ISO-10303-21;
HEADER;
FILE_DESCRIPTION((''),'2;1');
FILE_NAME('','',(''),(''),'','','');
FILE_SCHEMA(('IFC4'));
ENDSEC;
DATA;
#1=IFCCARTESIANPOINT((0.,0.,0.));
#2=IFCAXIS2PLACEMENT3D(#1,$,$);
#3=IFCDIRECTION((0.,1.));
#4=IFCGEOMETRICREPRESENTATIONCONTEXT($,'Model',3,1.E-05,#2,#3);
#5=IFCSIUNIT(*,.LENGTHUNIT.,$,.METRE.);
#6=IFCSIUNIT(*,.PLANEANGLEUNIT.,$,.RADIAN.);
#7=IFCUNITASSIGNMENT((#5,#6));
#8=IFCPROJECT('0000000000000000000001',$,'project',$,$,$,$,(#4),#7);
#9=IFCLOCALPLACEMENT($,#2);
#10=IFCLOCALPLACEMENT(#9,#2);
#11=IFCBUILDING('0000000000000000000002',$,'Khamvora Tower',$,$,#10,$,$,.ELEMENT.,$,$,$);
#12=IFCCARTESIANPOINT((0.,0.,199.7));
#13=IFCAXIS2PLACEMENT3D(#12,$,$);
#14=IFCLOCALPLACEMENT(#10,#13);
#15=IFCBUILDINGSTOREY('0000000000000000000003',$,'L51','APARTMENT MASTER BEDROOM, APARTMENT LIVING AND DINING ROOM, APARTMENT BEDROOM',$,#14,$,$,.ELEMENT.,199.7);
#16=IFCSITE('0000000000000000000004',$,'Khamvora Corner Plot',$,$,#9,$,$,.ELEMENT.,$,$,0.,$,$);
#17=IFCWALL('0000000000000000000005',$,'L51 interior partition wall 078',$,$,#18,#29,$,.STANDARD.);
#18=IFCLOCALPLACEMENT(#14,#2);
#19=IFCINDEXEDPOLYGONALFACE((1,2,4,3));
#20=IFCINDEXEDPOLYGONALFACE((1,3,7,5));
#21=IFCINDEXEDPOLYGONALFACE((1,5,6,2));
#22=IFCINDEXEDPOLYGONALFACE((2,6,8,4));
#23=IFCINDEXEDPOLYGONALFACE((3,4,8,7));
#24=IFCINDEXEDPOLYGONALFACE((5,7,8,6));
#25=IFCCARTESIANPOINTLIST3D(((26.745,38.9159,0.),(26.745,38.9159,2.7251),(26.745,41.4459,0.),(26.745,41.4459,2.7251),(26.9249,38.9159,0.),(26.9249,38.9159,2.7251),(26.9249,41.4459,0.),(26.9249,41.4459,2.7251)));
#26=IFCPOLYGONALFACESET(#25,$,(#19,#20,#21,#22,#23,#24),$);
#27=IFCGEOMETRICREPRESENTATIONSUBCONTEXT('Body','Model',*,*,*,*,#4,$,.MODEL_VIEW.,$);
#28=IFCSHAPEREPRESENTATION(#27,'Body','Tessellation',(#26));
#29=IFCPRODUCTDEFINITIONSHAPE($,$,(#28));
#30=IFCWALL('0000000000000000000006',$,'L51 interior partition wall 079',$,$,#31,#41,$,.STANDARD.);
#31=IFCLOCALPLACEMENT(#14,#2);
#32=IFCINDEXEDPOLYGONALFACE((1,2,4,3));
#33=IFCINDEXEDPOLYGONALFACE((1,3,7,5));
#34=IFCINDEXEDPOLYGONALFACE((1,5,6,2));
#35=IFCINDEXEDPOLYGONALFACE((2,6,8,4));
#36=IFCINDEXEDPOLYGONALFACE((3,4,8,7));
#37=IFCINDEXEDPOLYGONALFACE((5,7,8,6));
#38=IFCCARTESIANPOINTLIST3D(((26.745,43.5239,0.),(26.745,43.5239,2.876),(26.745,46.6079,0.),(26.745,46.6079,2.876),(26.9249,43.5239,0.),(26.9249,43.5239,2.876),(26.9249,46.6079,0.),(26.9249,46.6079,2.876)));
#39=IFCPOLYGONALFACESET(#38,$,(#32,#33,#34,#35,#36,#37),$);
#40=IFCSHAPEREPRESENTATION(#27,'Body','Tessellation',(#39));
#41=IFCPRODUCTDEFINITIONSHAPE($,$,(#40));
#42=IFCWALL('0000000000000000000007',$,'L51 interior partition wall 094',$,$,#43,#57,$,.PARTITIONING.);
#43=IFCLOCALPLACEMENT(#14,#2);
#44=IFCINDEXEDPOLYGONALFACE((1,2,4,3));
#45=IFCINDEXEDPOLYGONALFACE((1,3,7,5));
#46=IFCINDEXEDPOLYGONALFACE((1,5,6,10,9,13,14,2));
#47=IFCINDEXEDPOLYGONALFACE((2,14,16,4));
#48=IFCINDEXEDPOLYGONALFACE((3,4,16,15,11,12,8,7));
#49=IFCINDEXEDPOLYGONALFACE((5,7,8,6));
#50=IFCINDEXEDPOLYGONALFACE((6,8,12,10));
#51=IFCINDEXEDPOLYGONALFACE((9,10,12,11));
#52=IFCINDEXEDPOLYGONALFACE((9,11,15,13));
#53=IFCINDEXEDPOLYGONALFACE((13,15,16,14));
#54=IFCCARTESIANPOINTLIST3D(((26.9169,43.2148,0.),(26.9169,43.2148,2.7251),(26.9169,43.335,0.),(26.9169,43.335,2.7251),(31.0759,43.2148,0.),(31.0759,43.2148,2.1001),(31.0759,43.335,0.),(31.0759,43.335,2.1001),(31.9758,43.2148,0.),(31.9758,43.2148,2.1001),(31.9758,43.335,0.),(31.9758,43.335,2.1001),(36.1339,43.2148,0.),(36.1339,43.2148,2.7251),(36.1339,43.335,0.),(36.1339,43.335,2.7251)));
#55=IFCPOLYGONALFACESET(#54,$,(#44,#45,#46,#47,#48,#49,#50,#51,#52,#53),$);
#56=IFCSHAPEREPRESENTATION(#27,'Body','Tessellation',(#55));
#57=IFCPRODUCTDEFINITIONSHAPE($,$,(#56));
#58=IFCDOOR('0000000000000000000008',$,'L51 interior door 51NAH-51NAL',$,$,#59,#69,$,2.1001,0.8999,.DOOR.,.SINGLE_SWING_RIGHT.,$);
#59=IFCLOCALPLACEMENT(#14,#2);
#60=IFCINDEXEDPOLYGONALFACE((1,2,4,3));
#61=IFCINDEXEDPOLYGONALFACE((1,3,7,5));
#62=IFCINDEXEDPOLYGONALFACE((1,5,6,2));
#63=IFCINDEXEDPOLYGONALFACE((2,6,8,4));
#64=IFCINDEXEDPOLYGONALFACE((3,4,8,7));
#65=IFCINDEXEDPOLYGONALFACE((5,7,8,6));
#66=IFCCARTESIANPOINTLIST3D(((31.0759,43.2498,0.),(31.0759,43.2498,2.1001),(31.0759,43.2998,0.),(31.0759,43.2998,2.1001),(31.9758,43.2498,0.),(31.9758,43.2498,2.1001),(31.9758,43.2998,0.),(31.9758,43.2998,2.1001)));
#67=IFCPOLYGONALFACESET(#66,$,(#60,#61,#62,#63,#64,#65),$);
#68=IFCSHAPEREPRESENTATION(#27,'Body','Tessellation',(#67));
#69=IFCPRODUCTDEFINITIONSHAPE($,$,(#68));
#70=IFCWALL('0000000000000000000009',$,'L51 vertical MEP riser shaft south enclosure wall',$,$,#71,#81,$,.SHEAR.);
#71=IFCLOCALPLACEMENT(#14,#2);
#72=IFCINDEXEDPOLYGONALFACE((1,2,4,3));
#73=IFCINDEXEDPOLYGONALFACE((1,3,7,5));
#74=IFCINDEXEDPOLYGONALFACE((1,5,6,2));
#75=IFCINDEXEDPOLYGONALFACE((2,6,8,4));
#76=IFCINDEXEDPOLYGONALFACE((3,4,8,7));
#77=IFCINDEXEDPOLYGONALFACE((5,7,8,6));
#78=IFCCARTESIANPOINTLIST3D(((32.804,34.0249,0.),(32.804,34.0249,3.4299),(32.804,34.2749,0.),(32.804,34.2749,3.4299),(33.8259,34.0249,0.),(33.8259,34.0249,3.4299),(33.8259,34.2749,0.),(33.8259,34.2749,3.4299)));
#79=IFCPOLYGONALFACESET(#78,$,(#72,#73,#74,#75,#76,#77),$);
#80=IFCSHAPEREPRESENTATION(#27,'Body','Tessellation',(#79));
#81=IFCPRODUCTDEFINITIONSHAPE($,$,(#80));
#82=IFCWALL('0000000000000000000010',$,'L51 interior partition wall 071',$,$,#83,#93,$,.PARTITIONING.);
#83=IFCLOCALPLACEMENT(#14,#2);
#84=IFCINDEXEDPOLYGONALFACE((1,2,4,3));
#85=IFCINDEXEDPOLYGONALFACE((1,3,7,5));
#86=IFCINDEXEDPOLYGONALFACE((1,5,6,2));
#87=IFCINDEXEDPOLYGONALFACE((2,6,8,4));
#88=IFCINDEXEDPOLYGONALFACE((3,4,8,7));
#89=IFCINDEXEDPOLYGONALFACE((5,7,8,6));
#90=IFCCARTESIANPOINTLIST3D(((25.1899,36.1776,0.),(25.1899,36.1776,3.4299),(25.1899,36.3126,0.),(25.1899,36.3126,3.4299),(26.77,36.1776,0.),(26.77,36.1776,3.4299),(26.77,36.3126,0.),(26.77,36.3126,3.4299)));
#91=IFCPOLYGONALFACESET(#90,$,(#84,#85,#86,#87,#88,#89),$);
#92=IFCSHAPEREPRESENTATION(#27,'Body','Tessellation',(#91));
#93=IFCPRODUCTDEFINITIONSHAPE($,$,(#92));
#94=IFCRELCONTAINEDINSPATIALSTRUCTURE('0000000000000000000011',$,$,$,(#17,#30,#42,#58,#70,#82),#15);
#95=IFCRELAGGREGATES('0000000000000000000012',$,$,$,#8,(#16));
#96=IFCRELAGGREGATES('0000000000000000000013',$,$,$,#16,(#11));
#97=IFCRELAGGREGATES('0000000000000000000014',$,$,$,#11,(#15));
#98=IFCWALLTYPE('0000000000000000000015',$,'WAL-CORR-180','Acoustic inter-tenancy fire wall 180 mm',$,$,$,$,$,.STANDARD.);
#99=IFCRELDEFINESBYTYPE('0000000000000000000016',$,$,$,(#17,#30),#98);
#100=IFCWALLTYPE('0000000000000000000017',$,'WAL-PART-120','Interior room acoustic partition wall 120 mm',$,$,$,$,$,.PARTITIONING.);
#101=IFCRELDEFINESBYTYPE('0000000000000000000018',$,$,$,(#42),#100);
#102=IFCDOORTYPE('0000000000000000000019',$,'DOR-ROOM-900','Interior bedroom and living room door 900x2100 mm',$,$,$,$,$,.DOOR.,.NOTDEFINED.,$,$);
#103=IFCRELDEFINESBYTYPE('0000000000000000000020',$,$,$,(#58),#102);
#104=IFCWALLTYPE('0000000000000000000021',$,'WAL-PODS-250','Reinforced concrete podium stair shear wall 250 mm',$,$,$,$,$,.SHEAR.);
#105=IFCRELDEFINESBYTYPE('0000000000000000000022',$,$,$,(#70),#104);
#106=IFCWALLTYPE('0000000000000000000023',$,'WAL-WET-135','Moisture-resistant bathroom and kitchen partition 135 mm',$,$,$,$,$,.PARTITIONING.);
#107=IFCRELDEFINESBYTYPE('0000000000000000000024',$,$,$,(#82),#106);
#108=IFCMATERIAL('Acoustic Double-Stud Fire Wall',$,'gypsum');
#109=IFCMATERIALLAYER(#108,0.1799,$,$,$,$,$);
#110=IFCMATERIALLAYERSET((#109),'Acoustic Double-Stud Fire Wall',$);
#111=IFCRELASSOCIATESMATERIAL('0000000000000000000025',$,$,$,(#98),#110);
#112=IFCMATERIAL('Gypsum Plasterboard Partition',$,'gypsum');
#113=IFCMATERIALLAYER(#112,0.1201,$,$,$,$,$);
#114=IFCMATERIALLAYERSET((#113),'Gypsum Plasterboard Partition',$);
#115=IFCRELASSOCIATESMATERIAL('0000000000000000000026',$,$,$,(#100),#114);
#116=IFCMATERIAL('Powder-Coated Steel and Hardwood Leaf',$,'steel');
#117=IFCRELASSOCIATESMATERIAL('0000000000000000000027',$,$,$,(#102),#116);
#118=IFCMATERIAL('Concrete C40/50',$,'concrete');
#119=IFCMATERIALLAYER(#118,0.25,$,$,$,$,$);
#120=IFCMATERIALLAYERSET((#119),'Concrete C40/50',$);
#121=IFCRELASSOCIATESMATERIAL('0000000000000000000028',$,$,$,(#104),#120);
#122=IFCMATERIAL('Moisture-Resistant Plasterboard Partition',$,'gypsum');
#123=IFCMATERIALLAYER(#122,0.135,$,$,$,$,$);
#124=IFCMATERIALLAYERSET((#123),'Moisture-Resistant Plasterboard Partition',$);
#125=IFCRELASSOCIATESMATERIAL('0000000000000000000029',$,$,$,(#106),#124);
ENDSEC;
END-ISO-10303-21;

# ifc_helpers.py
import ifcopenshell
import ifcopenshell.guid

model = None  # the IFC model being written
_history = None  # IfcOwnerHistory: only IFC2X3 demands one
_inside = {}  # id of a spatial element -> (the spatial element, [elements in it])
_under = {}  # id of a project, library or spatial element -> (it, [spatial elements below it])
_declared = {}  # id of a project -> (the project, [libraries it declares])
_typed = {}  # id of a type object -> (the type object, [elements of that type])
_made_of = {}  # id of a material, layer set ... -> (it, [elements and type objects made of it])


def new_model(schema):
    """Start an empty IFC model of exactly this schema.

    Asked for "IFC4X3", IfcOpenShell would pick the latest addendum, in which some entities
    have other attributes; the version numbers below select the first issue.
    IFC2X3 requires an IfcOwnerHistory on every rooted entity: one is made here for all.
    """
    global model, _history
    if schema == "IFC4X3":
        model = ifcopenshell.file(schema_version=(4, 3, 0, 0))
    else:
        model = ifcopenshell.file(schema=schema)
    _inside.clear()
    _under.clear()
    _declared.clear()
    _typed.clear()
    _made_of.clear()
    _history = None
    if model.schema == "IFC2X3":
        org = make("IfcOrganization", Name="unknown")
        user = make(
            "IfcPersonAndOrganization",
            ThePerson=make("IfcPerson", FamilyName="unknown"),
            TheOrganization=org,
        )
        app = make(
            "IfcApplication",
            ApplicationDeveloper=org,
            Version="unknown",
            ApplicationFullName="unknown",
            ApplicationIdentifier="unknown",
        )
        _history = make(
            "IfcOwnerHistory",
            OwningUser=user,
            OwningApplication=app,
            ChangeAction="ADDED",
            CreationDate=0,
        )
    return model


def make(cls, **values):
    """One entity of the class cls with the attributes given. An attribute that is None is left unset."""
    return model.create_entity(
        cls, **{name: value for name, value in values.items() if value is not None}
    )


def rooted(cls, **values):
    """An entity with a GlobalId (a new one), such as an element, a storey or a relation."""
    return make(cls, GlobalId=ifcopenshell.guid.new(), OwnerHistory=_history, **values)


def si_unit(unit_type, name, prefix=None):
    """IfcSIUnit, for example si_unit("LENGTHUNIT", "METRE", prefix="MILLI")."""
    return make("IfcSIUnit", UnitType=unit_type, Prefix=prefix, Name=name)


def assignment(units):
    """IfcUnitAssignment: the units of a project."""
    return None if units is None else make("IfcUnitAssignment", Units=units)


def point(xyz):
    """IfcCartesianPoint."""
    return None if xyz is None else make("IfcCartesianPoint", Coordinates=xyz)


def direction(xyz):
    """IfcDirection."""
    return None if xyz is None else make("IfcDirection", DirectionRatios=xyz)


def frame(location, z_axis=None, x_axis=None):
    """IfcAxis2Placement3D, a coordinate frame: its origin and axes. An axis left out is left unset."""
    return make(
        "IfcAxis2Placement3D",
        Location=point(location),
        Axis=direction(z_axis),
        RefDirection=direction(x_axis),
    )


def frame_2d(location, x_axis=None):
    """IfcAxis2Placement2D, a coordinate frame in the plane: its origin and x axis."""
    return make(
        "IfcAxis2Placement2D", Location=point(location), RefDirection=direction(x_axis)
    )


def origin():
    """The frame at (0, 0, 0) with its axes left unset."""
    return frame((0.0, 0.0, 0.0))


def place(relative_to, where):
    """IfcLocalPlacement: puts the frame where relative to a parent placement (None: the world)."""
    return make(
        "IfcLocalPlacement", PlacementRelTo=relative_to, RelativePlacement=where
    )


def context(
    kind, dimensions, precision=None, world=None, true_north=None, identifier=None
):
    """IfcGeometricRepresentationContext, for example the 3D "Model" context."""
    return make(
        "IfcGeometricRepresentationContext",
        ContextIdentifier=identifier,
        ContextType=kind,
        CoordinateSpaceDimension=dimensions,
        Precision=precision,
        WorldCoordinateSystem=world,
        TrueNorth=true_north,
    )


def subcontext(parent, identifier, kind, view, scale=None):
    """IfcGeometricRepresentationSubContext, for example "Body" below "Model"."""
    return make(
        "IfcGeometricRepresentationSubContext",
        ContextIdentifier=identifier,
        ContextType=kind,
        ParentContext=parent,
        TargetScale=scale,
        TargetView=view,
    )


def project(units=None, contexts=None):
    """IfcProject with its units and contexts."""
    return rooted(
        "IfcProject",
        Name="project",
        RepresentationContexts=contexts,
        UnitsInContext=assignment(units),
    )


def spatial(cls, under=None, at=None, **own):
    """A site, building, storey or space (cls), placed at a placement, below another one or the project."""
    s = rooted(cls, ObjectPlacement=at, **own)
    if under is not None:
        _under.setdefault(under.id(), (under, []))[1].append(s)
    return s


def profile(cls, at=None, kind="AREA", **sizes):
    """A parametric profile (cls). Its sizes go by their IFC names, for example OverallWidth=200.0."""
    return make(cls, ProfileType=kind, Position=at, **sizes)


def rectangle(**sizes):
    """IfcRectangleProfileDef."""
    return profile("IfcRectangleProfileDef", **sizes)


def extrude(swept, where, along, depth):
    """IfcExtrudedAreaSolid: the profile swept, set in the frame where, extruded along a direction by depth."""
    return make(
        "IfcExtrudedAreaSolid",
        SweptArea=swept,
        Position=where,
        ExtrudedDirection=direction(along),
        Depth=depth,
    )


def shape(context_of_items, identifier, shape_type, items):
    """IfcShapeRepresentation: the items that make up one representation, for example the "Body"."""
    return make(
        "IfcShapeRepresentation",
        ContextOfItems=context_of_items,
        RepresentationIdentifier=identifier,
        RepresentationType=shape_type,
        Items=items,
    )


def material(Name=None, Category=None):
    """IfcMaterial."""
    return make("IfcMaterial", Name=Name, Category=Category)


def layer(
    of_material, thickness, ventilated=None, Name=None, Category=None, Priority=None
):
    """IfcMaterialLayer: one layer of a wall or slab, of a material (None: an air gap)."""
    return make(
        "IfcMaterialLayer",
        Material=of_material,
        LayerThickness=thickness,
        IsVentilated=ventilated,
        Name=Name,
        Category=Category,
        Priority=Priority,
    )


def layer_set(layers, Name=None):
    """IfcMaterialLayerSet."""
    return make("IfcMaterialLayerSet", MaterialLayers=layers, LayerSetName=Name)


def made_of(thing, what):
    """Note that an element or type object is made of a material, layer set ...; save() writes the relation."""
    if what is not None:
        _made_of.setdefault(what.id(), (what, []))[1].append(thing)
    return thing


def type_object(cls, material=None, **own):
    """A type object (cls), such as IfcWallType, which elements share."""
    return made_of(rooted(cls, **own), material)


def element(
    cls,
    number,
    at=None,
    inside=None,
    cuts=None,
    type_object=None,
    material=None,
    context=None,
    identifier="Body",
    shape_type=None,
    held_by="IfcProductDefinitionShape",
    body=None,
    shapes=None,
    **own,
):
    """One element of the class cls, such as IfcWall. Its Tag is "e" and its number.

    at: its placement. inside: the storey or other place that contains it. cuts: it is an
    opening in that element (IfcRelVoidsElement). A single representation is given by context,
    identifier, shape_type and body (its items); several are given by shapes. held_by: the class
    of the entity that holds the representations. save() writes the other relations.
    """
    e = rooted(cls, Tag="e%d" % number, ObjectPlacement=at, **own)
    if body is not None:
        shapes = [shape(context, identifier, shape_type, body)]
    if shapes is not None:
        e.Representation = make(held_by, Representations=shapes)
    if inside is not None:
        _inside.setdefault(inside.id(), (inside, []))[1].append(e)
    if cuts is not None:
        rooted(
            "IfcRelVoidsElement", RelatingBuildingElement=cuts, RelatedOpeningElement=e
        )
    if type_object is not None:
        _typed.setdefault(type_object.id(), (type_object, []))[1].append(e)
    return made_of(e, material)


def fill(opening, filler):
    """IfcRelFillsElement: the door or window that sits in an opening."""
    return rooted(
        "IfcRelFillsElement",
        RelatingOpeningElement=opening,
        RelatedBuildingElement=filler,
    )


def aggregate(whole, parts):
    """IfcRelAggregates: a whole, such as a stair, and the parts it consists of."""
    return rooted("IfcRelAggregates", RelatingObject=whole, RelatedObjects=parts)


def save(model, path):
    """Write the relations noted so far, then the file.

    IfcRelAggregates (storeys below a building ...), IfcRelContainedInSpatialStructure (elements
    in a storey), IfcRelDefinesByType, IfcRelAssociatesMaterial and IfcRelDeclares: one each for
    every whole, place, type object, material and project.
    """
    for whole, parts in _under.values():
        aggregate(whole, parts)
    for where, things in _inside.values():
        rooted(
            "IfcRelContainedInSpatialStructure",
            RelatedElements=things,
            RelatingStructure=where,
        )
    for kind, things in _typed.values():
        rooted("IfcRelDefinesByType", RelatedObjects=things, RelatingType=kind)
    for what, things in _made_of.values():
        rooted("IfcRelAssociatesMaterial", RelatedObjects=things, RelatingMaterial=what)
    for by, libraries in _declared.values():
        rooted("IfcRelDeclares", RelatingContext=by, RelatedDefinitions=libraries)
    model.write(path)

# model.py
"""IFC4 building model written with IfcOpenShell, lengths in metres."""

from ifc_helpers import new_model, si_unit, direction, frame, frame_2d, origin, place, context, subcontext, project, spatial, rectangle, extrude, material, layer, layer_set, type_object, element, fill, save


model = new_model("IFC4")

# Units and contexts
model_context = context("Model", 3, precision=1e-05, world=origin(), true_north=direction((0.0, 1.0)))
body_context = subcontext(model_context, "Body", "Model", "MODEL_VIEW")
ifc_project = project(units=[si_unit("LENGTHUNIT", "METRE"), si_unit("PLANEANGLEUNIT", "RADIAN")], contexts=[model_context])

# Site, building, storey
site_placement = place(None, origin())
site = spatial("IfcSite", under=ifc_project, at=site_placement, Name="Khamvora Corner Plot", CompositionType="ELEMENT", RefElevation=0.0)
building_placement = place(site_placement, origin())
building = spatial("IfcBuilding", under=site, at=building_placement, Name="Khamvora Tower", CompositionType="ELEMENT")
storey_placement = place(building_placement, frame((0.0, 0.0, 199.7)))
storey = spatial("IfcBuildingStorey", under=building, at=storey_placement, Name="L51", Description="APARTMENT MASTER BEDROOM, APARTMENT LIVING AND DINING ROOM, APARTMENT BEDROOM", CompositionType="ELEMENT", Elevation=199.7)

# Shared definitions
ifc_material_1 = material(Name="Powder-Coated Steel and Hardwood Leaf", Category="steel")

# Walls
ifc_material_2 = material(Name="Acoustic Double-Stud Fire Wall", Category="gypsum")
ifc_layer_1 = layer(ifc_material_2, 0.1799)
ifc_layer_set_1 = layer_set([ifc_layer_1], Name="Acoustic Double-Stud Fire Wall")
wall_type_1 = type_object("IfcWallType", Name="WAL-CORR-180", Description="Acoustic inter-tenancy fire wall 180 mm", PredefinedType="STANDARD", material=ifc_layer_set_1)
wall_1_placement = place(storey_placement, frame((26.835, 41.446, 0.0), z_axis=(0.0, 0.0, 1.0), x_axis=(0.0, -1.0, 0.0)))
element("IfcWall", 1, at=wall_1_placement, inside=storey, type_object=wall_type_1, Name="L51 interior partition wall 078", PredefinedType="STANDARD", context=body_context, shape_type="SweptSolid", body=[
    extrude(rectangle(XDim=2.53, YDim=0.1799, at=frame_2d((1.2651, 0.0))), origin(), (0.0, 0.0, 1.0), 2.7251),
])
wall_2_placement = place(storey_placement, frame((26.835, 46.6079, 0.0), z_axis=(0.0, 0.0, 1.0), x_axis=(0.0, -1.0, 0.0)))
element("IfcWall", 2, at=wall_2_placement, inside=storey, type_object=wall_type_1, Name="L51 interior partition wall 079", PredefinedType="STANDARD", context=body_context, shape_type="SweptSolid", body=[
    extrude(rectangle(XDim=3.084, YDim=0.1799, at=frame_2d((1.542, 0.0))), origin(), (0.0, 0.0, 1.0), 2.876),
])

# Wall, opening, door
ifc_material_3 = material(Name="Gypsum Plasterboard Partition", Category="gypsum")
ifc_layer_2 = layer(ifc_material_3, 0.1201)
ifc_layer_set_2 = layer_set([ifc_layer_2], Name="Gypsum Plasterboard Partition")
wall_type_2 = type_object("IfcWallType", Name="WAL-PART-120", Description="Interior room acoustic partition wall 120 mm", PredefinedType="PARTITIONING", material=ifc_layer_set_2)
wall_3_placement = place(storey_placement, frame((26.917, 43.2749, 0.0), z_axis=(0.0, 0.0, 1.0), x_axis=(1.0, 0.0, 0.0)))
wall_3 = element("IfcWall", 3, at=wall_3_placement, inside=storey, type_object=wall_type_2, Name="L51 interior partition wall 094", PredefinedType="PARTITIONING", context=body_context, shape_type="SweptSolid", body=[
    extrude(rectangle(XDim=9.217, YDim=0.1201, at=frame_2d((4.6084, 0.0))), origin(), (0.0, 0.0, 1.0), 2.7251),
])
opening_1_placement = place(wall_3_placement, frame((4.1589, 0.0, 0.0)))
opening_1 = element("IfcOpeningElement", 4, at=opening_1_placement, cuts=wall_3, PredefinedType="OPENING", context=body_context, shape_type="SweptSolid", body=[
    extrude(rectangle(XDim=0.8999, YDim=2.1001, at=frame_2d((0.45, 1.05))), frame((0.0, 0.0701, 0.0), z_axis=(0.0, -1.0, 0.0), x_axis=(1.0, 0.0, 0.0)), (0.0, 0.0, 1.0), 0.1401),
])
door_type_1 = type_object("IfcDoorType", Name="DOR-ROOM-900", Description="Interior bedroom and living room door 900x2100 mm", OperationType="NOTDEFINED", PredefinedType="DOOR", material=ifc_material_1)
door_1_placement = place(opening_1_placement, origin())
door_1 = element("IfcDoor", 5, at=door_1_placement, inside=storey, type_object=door_type_1, Name="L51 interior door 51NAH-51NAL", OperationType="SINGLE_SWING_RIGHT", OverallHeight=2.1001, OverallWidth=0.8999, PredefinedType="DOOR", context=body_context, shape_type="SweptSolid", body=[
    extrude(rectangle(XDim=0.8999, YDim=2.1001, at=frame_2d((0.45, 1.05))), frame((0.0, 0.0249, 0.0), z_axis=(0.0, -1.0, 0.0), x_axis=(1.0, 0.0, 0.0)), (0.0, 0.0, 1.0), 0.05),
])
fill(opening_1, door_1)

# Walls
ifc_material_4 = material(Name="Concrete C40/50", Category="concrete")
ifc_layer_3 = layer(ifc_material_4, 0.25)
ifc_layer_set_3 = layer_set([ifc_layer_3], Name="Concrete C40/50")
wall_type_3 = type_object("IfcWallType", Name="WAL-PODS-250", Description="Reinforced concrete podium stair shear wall 250 mm", PredefinedType="SHEAR", material=ifc_layer_set_3)
wall_4_placement = place(storey_placement, frame((32.804, 34.1499, 0.0), z_axis=(0.0, 0.0, 1.0), x_axis=(1.0, 0.0, 0.0)))
element("IfcWall", 6, at=wall_4_placement, inside=storey, type_object=wall_type_3, Name="L51 vertical MEP riser shaft south enclosure wall", PredefinedType="SHEAR", context=body_context, shape_type="SweptSolid", body=[
    extrude(rectangle(XDim=1.022, YDim=0.25, at=frame_2d((0.511, 0.0))), origin(), (0.0, 0.0, 1.0), 3.4299),
])
ifc_material_5 = material(Name="Moisture-Resistant Plasterboard Partition", Category="gypsum")
ifc_layer_4 = layer(ifc_material_5, 0.135)
ifc_layer_set_4 = layer_set([ifc_layer_4], Name="Moisture-Resistant Plasterboard Partition")
wall_type_4 = type_object("IfcWallType", Name="WAL-WET-135", Description="Moisture-resistant bathroom and kitchen partition 135 mm", PredefinedType="PARTITIONING", material=ifc_layer_set_4)
wall_5_placement = place(storey_placement, frame((26.77, 36.2451, 0.0), z_axis=(0.0, 0.0, 1.0), x_axis=(-1.0, 0.0, 0.0)))
element("IfcWall", 7, at=wall_5_placement, inside=storey, type_object=wall_type_4, Name="L51 interior partition wall 071", PredefinedType="PARTITIONING", context=body_context, shape_type="SweptSolid", body=[
    extrude(rectangle(XDim=1.5801, YDim=0.135, at=frame_2d((0.79, 0.0))), origin(), (0.0, 0.0, 1.0), 3.4299),
])

save(model, "model.ifc")
